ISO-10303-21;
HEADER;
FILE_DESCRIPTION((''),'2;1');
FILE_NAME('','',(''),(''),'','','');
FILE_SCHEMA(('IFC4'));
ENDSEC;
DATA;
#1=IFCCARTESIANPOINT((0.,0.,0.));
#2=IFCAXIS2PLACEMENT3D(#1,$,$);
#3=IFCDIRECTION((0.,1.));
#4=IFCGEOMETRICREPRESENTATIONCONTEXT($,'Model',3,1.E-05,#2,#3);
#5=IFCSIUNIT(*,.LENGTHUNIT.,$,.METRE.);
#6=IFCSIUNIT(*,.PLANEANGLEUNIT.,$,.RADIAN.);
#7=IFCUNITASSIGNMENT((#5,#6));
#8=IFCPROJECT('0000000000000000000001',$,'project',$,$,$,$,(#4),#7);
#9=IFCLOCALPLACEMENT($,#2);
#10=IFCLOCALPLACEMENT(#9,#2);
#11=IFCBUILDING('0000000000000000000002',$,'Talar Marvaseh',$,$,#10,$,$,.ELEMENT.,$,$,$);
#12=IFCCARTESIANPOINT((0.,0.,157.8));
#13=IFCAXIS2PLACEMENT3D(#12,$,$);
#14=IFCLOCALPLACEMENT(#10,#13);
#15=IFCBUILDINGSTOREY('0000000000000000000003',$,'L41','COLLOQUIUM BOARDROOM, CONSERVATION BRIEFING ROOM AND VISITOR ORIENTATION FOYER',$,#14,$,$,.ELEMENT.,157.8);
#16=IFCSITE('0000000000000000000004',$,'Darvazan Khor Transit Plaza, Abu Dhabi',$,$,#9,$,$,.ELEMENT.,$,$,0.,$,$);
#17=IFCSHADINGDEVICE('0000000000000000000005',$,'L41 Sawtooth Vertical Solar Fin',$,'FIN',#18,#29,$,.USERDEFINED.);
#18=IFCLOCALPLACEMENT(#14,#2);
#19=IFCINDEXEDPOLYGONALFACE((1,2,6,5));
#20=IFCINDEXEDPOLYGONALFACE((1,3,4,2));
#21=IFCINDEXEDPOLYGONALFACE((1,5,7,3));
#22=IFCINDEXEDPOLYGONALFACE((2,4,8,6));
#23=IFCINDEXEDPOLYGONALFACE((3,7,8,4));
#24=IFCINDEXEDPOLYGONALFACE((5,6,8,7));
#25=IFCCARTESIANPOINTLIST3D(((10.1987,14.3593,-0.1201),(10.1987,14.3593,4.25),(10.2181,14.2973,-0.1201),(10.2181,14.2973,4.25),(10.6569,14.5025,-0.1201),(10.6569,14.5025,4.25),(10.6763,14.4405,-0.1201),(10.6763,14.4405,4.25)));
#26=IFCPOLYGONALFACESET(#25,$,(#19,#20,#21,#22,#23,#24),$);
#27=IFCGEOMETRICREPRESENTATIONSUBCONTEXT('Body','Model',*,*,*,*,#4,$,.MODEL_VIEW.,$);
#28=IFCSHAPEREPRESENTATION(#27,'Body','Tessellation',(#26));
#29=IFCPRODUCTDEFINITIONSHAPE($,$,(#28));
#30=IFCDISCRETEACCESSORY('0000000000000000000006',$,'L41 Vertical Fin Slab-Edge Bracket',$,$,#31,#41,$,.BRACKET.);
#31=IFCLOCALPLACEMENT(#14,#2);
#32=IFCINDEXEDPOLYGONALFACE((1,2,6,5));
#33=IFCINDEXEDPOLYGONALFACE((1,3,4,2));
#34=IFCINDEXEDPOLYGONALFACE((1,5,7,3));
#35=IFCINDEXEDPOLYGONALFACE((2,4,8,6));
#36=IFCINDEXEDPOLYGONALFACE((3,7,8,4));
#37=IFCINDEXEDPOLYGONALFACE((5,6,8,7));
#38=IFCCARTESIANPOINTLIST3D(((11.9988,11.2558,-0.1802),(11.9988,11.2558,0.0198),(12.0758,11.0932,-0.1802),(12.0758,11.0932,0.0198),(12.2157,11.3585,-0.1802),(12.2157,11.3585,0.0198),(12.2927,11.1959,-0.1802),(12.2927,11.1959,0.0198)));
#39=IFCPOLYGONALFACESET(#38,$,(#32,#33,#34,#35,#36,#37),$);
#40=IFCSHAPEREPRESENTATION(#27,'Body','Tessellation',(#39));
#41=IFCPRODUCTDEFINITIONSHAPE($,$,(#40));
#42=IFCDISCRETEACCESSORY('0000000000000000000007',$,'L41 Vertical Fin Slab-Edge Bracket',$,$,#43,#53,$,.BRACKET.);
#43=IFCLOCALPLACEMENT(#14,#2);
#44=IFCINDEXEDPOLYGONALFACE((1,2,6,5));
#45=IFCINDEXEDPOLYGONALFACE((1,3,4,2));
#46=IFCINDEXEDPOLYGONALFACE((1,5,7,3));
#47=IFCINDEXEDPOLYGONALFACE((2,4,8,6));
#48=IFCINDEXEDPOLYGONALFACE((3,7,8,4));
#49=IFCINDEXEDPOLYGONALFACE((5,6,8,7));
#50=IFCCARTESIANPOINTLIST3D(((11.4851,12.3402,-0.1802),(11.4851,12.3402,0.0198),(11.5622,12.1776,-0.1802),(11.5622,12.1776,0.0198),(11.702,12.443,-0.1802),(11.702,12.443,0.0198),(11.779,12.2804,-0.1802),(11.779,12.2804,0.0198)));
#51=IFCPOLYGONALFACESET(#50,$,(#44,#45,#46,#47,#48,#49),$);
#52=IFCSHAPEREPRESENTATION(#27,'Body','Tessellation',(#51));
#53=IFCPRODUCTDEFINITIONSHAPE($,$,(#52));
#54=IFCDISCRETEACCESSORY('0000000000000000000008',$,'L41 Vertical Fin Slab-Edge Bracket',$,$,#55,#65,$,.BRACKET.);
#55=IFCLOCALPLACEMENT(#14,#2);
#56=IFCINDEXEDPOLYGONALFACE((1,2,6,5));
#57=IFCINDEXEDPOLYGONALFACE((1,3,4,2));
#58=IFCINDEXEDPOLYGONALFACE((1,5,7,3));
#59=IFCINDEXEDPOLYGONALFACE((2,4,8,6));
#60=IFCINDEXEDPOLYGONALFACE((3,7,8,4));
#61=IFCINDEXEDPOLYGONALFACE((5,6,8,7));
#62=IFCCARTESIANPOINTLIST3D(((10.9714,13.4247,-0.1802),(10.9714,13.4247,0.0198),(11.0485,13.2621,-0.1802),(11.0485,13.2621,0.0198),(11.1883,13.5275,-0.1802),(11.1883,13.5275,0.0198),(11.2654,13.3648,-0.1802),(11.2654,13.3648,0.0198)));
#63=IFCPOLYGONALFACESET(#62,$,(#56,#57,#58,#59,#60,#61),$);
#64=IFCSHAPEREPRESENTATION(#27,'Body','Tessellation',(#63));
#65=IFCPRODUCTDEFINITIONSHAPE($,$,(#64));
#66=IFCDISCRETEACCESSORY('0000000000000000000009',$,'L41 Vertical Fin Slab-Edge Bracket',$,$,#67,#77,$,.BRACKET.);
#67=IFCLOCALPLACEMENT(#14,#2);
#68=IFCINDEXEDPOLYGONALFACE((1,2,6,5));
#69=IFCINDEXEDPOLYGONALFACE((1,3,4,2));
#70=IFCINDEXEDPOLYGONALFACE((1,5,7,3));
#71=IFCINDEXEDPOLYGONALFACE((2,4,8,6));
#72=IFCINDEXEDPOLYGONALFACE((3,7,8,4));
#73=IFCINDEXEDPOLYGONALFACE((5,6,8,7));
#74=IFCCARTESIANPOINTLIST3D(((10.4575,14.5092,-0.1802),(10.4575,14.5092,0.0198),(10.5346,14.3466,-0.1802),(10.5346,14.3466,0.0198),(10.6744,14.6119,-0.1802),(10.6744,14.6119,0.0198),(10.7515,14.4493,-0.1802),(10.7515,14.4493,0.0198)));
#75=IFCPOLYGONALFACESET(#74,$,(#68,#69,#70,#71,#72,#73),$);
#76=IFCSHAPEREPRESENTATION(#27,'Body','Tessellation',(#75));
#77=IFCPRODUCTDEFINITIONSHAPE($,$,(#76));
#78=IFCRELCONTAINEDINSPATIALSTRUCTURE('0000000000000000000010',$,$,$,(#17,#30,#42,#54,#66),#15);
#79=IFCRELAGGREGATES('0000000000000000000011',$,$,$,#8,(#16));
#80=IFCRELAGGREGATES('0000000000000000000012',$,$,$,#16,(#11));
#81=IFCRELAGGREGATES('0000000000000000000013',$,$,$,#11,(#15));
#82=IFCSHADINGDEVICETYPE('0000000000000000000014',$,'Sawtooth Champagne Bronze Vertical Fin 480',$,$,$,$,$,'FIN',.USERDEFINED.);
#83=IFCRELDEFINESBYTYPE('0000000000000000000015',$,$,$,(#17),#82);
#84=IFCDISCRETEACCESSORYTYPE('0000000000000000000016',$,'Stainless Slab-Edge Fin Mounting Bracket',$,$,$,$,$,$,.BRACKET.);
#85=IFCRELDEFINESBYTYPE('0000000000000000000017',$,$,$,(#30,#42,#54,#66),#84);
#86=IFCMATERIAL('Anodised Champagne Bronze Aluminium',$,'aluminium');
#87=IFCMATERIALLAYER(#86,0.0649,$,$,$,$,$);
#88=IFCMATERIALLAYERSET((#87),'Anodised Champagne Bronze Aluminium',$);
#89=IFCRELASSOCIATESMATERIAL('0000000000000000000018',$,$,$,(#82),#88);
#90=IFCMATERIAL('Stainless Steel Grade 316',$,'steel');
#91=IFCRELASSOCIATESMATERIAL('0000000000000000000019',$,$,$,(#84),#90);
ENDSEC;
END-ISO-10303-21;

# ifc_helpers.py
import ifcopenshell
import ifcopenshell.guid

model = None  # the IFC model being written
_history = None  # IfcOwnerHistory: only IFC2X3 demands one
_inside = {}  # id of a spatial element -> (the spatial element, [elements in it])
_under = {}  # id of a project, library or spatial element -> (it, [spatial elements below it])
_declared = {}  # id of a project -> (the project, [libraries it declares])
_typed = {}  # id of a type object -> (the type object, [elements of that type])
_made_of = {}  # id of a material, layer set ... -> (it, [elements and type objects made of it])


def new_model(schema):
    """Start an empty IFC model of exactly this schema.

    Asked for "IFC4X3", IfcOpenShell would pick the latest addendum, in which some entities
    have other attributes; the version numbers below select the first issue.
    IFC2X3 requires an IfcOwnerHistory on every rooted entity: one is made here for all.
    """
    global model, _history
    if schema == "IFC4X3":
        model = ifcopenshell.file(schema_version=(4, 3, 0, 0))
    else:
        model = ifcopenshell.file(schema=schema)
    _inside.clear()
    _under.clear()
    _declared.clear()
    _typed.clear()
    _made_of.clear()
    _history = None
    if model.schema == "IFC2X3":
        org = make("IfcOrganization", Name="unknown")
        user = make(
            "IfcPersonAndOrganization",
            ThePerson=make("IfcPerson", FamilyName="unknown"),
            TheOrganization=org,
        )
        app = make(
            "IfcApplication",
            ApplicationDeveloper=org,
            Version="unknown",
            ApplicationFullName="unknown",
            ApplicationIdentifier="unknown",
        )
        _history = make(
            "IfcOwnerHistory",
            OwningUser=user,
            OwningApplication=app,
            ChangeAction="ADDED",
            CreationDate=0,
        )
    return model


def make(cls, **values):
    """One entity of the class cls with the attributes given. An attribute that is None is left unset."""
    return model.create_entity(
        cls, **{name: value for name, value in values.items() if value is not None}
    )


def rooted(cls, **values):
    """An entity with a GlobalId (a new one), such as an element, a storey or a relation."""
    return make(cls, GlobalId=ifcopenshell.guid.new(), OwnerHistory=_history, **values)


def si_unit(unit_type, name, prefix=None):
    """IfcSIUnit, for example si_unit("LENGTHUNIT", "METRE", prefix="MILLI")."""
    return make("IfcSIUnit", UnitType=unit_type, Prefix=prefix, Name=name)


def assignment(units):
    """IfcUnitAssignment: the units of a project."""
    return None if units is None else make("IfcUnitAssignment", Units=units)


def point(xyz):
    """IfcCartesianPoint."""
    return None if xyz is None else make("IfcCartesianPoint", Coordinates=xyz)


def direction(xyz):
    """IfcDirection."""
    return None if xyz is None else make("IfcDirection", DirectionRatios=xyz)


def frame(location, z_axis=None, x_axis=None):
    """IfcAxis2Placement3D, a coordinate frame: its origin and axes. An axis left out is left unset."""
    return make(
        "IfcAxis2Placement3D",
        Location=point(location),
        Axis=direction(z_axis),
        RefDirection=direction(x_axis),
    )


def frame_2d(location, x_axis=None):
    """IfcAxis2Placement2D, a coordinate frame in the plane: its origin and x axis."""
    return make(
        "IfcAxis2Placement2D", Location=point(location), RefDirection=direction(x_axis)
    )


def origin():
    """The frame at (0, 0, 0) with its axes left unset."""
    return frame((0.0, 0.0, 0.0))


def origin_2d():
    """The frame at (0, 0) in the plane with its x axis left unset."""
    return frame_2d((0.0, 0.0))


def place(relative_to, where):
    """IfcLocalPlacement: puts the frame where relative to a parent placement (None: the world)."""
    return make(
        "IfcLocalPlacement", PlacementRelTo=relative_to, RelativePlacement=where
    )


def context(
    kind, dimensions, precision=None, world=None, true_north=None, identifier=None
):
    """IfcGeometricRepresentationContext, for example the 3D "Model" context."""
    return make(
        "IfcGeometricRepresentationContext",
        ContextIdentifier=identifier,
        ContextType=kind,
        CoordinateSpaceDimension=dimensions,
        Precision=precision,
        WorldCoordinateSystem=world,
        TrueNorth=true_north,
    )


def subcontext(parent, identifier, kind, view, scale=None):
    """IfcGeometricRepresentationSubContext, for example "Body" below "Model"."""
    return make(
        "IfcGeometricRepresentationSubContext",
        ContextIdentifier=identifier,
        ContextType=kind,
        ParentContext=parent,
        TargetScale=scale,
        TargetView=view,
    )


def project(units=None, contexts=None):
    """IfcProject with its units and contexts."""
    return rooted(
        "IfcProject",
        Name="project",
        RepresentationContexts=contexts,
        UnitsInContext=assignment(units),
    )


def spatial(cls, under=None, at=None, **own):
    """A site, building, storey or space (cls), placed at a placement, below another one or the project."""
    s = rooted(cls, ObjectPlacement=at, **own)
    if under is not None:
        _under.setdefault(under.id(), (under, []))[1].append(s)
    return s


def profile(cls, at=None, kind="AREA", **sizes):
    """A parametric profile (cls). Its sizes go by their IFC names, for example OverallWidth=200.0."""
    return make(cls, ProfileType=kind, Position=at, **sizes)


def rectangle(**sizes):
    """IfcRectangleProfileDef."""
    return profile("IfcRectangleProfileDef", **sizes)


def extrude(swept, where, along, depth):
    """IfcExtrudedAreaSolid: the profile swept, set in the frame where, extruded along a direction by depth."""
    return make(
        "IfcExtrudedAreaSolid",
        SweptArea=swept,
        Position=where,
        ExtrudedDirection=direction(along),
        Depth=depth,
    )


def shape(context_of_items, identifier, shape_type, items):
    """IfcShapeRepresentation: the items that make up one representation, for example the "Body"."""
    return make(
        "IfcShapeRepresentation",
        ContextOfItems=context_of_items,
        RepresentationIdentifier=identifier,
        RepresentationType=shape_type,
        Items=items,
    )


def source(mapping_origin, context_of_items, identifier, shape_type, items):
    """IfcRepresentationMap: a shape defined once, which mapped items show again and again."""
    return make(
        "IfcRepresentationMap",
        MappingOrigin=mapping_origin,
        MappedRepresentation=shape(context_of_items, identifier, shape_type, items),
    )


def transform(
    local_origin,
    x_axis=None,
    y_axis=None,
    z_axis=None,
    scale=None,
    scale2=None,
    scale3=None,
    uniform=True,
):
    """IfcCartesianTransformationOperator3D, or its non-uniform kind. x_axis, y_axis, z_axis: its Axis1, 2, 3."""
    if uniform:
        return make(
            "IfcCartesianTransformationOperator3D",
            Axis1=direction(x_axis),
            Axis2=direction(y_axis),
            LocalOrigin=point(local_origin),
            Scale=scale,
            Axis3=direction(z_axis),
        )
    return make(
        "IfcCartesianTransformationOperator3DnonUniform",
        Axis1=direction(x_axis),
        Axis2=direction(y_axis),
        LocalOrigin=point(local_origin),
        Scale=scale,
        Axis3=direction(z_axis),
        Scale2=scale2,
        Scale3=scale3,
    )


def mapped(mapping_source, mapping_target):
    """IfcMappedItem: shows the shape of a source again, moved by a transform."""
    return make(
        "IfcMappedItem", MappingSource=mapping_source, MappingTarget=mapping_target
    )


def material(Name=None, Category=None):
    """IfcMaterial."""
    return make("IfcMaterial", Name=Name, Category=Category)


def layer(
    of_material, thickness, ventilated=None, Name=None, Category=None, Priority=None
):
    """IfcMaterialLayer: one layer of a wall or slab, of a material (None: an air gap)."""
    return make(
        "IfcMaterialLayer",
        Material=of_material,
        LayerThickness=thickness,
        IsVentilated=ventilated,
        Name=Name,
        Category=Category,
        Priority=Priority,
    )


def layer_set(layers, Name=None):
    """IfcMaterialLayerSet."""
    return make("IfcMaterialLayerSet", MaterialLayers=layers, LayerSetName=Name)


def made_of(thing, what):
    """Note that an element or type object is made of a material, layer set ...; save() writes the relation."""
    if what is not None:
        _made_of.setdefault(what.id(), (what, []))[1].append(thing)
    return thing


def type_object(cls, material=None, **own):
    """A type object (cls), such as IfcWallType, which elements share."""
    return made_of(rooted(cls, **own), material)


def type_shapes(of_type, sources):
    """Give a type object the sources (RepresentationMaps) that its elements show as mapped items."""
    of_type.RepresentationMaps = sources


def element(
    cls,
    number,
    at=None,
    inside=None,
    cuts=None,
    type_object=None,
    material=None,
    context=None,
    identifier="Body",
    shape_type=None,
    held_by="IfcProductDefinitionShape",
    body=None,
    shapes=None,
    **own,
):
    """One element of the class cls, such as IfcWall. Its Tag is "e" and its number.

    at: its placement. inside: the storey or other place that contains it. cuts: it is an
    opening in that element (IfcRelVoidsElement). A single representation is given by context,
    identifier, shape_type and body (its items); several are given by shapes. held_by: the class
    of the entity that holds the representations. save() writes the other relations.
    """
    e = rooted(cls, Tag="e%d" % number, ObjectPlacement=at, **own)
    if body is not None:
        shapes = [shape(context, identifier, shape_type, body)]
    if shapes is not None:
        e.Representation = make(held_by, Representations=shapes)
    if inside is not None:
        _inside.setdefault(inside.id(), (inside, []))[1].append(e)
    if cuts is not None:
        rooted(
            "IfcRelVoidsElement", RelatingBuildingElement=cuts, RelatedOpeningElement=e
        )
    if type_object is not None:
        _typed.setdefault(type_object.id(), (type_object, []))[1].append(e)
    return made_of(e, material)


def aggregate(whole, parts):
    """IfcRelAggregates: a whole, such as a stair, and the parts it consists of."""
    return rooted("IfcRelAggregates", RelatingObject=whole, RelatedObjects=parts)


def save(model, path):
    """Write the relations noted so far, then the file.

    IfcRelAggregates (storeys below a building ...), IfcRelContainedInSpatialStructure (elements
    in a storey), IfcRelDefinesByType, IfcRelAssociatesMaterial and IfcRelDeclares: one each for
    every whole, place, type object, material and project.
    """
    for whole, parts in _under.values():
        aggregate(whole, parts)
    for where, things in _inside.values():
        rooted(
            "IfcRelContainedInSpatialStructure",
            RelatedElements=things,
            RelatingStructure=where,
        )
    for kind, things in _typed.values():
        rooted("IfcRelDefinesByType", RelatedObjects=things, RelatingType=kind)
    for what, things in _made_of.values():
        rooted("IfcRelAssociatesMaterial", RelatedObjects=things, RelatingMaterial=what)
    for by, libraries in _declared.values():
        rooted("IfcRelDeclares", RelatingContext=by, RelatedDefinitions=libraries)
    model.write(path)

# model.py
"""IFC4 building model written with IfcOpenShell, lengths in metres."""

from ifc_helpers import new_model, si_unit, direction, frame, origin, origin_2d, place, context, subcontext, project, spatial, rectangle, extrude, source, transform, mapped, material, layer, layer_set, type_object, type_shapes, element, save


model = new_model("IFC4")

# Units and contexts
model_context = context("Model", 3, precision=1e-05, world=origin(), true_north=direction((0.0, 1.0)))
body_context = subcontext(model_context, "Body", "Model", "MODEL_VIEW")
ifc_project = project(units=[si_unit("LENGTHUNIT", "METRE"), si_unit("PLANEANGLEUNIT", "RADIAN")], contexts=[model_context])

# Site, building, storey
site_placement = place(None, origin())
site = spatial("IfcSite", under=ifc_project, at=site_placement, Name="Darvazan Khor Transit Plaza, Abu Dhabi", CompositionType="ELEMENT", RefElevation=0.0)
building_placement = place(site_placement, origin())
building = spatial("IfcBuilding", under=site, at=building_placement, Name="Talar Marvaseh", CompositionType="ELEMENT")
storey_placement = place(building_placement, frame((0.0, 0.0, 157.8)))
storey = spatial("IfcBuildingStorey", under=building, at=storey_placement, Name="L41", Description="COLLOQUIUM BOARDROOM, CONSERVATION BRIEFING ROOM AND VISITOR ORIENTATION FOYER", CompositionType="ELEMENT", Elevation=157.8)

# Shading device
ifc_material_1 = material(Name="Anodised Champagne Bronze Aluminium", Category="aluminium")
ifc_layer_1 = layer(ifc_material_1, 0.0649)
ifc_layer_set_1 = layer_set([ifc_layer_1], Name="Anodised Champagne Bronze Aluminium")
shading_device_type_1 = type_object("IfcShadingDeviceType", Name="Sawtooth Champagne Bronze Vertical Fin 480", ElementType="FIN", PredefinedType="USERDEFINED", material=ifc_layer_set_1)
shared_shape_1 = source(origin(), body_context, "Body", "SweptSolid", [
    extrude(rectangle(XDim=0.48, YDim=0.0649, at=origin_2d()), origin(), (0.0, 0.0, 1.0), 4.3701),
])
type_shapes(shading_device_type_1, [shared_shape_1])
shading_device_placement = place(storey_placement, frame((10.4375, 14.3999, -0.1201), z_axis=(0.0, 0.0, 1.0), x_axis=(-0.954501, -0.298208, 0.0)))
element("IfcShadingDevice", 1, at=shading_device_placement, inside=storey, type_object=shading_device_type_1, Name="L41 Sawtooth Vertical Solar Fin", ObjectType="FIN", PredefinedType="USERDEFINED", context=body_context, shape_type="MappedRepresentation", body=[
    mapped(shared_shape_1, transform((0.0, 0.0, 0.0), x_axis=(1.0, 0.0, 0.0), y_axis=(0.0, 1.0, 0.0), z_axis=(0.0, 0.0, 1.0), scale=1.0)),
])

# Discrete accessories
ifc_material_2 = material(Name="Stainless Steel Grade 316", Category="steel")
discrete_accessory_type = type_object("IfcDiscreteAccessoryType", Name="Stainless Slab-Edge Fin Mounting Bracket", PredefinedType="BRACKET", material=ifc_material_2)
shared_shape_2 = source(origin(), body_context, "Body", "SweptSolid", [
    extrude(rectangle(XDim=0.24, YDim=0.1799, at=origin_2d()), origin(), (0.0, 0.0, 1.0), 0.2),
])
type_shapes(discrete_accessory_type, [shared_shape_2])
for number, where, z_axis, x_axis, name in (
    (2, (12.1458, 11.2258, -0.1802), (0.0, 0.0, 1.0), (-0.903709, -0.428147, 0.0), "L41 Vertical Fin Slab-Edge Bracket"),
    (3, (11.6321, 12.3103, -0.1802), (0.0, 0.0, 1.0), (-0.903709, -0.428147, 0.0), "L41 Vertical Fin Slab-Edge Bracket"),
    (4, (11.1184, 13.3948, -0.1802), (0.0, 0.0, 1.0), (-0.903709, -0.428147, 0.0), "L41 Vertical Fin Slab-Edge Bracket"),
    (5, (10.6045, 14.4792, -0.1802), (0.0, 0.0, 1.0), (-0.903709, -0.428147, 0.0), "L41 Vertical Fin Slab-Edge Bracket"),
):
    element("IfcDiscreteAccessory", number, at=place(storey_placement, frame(where, z_axis=z_axis, x_axis=x_axis)), inside=storey, type_object=discrete_accessory_type, Name=name, PredefinedType="BRACKET", context=body_context, shape_type="MappedRepresentation", body=[
        mapped(shared_shape_2, transform((0.0, 0.0, 0.0), x_axis=(1.0, 0.0, 0.0), y_axis=(0.0, 1.0, 0.0), z_axis=(0.0, 0.0, 1.0), scale=1.0)),
    ])

save(model, "model.ifc")
